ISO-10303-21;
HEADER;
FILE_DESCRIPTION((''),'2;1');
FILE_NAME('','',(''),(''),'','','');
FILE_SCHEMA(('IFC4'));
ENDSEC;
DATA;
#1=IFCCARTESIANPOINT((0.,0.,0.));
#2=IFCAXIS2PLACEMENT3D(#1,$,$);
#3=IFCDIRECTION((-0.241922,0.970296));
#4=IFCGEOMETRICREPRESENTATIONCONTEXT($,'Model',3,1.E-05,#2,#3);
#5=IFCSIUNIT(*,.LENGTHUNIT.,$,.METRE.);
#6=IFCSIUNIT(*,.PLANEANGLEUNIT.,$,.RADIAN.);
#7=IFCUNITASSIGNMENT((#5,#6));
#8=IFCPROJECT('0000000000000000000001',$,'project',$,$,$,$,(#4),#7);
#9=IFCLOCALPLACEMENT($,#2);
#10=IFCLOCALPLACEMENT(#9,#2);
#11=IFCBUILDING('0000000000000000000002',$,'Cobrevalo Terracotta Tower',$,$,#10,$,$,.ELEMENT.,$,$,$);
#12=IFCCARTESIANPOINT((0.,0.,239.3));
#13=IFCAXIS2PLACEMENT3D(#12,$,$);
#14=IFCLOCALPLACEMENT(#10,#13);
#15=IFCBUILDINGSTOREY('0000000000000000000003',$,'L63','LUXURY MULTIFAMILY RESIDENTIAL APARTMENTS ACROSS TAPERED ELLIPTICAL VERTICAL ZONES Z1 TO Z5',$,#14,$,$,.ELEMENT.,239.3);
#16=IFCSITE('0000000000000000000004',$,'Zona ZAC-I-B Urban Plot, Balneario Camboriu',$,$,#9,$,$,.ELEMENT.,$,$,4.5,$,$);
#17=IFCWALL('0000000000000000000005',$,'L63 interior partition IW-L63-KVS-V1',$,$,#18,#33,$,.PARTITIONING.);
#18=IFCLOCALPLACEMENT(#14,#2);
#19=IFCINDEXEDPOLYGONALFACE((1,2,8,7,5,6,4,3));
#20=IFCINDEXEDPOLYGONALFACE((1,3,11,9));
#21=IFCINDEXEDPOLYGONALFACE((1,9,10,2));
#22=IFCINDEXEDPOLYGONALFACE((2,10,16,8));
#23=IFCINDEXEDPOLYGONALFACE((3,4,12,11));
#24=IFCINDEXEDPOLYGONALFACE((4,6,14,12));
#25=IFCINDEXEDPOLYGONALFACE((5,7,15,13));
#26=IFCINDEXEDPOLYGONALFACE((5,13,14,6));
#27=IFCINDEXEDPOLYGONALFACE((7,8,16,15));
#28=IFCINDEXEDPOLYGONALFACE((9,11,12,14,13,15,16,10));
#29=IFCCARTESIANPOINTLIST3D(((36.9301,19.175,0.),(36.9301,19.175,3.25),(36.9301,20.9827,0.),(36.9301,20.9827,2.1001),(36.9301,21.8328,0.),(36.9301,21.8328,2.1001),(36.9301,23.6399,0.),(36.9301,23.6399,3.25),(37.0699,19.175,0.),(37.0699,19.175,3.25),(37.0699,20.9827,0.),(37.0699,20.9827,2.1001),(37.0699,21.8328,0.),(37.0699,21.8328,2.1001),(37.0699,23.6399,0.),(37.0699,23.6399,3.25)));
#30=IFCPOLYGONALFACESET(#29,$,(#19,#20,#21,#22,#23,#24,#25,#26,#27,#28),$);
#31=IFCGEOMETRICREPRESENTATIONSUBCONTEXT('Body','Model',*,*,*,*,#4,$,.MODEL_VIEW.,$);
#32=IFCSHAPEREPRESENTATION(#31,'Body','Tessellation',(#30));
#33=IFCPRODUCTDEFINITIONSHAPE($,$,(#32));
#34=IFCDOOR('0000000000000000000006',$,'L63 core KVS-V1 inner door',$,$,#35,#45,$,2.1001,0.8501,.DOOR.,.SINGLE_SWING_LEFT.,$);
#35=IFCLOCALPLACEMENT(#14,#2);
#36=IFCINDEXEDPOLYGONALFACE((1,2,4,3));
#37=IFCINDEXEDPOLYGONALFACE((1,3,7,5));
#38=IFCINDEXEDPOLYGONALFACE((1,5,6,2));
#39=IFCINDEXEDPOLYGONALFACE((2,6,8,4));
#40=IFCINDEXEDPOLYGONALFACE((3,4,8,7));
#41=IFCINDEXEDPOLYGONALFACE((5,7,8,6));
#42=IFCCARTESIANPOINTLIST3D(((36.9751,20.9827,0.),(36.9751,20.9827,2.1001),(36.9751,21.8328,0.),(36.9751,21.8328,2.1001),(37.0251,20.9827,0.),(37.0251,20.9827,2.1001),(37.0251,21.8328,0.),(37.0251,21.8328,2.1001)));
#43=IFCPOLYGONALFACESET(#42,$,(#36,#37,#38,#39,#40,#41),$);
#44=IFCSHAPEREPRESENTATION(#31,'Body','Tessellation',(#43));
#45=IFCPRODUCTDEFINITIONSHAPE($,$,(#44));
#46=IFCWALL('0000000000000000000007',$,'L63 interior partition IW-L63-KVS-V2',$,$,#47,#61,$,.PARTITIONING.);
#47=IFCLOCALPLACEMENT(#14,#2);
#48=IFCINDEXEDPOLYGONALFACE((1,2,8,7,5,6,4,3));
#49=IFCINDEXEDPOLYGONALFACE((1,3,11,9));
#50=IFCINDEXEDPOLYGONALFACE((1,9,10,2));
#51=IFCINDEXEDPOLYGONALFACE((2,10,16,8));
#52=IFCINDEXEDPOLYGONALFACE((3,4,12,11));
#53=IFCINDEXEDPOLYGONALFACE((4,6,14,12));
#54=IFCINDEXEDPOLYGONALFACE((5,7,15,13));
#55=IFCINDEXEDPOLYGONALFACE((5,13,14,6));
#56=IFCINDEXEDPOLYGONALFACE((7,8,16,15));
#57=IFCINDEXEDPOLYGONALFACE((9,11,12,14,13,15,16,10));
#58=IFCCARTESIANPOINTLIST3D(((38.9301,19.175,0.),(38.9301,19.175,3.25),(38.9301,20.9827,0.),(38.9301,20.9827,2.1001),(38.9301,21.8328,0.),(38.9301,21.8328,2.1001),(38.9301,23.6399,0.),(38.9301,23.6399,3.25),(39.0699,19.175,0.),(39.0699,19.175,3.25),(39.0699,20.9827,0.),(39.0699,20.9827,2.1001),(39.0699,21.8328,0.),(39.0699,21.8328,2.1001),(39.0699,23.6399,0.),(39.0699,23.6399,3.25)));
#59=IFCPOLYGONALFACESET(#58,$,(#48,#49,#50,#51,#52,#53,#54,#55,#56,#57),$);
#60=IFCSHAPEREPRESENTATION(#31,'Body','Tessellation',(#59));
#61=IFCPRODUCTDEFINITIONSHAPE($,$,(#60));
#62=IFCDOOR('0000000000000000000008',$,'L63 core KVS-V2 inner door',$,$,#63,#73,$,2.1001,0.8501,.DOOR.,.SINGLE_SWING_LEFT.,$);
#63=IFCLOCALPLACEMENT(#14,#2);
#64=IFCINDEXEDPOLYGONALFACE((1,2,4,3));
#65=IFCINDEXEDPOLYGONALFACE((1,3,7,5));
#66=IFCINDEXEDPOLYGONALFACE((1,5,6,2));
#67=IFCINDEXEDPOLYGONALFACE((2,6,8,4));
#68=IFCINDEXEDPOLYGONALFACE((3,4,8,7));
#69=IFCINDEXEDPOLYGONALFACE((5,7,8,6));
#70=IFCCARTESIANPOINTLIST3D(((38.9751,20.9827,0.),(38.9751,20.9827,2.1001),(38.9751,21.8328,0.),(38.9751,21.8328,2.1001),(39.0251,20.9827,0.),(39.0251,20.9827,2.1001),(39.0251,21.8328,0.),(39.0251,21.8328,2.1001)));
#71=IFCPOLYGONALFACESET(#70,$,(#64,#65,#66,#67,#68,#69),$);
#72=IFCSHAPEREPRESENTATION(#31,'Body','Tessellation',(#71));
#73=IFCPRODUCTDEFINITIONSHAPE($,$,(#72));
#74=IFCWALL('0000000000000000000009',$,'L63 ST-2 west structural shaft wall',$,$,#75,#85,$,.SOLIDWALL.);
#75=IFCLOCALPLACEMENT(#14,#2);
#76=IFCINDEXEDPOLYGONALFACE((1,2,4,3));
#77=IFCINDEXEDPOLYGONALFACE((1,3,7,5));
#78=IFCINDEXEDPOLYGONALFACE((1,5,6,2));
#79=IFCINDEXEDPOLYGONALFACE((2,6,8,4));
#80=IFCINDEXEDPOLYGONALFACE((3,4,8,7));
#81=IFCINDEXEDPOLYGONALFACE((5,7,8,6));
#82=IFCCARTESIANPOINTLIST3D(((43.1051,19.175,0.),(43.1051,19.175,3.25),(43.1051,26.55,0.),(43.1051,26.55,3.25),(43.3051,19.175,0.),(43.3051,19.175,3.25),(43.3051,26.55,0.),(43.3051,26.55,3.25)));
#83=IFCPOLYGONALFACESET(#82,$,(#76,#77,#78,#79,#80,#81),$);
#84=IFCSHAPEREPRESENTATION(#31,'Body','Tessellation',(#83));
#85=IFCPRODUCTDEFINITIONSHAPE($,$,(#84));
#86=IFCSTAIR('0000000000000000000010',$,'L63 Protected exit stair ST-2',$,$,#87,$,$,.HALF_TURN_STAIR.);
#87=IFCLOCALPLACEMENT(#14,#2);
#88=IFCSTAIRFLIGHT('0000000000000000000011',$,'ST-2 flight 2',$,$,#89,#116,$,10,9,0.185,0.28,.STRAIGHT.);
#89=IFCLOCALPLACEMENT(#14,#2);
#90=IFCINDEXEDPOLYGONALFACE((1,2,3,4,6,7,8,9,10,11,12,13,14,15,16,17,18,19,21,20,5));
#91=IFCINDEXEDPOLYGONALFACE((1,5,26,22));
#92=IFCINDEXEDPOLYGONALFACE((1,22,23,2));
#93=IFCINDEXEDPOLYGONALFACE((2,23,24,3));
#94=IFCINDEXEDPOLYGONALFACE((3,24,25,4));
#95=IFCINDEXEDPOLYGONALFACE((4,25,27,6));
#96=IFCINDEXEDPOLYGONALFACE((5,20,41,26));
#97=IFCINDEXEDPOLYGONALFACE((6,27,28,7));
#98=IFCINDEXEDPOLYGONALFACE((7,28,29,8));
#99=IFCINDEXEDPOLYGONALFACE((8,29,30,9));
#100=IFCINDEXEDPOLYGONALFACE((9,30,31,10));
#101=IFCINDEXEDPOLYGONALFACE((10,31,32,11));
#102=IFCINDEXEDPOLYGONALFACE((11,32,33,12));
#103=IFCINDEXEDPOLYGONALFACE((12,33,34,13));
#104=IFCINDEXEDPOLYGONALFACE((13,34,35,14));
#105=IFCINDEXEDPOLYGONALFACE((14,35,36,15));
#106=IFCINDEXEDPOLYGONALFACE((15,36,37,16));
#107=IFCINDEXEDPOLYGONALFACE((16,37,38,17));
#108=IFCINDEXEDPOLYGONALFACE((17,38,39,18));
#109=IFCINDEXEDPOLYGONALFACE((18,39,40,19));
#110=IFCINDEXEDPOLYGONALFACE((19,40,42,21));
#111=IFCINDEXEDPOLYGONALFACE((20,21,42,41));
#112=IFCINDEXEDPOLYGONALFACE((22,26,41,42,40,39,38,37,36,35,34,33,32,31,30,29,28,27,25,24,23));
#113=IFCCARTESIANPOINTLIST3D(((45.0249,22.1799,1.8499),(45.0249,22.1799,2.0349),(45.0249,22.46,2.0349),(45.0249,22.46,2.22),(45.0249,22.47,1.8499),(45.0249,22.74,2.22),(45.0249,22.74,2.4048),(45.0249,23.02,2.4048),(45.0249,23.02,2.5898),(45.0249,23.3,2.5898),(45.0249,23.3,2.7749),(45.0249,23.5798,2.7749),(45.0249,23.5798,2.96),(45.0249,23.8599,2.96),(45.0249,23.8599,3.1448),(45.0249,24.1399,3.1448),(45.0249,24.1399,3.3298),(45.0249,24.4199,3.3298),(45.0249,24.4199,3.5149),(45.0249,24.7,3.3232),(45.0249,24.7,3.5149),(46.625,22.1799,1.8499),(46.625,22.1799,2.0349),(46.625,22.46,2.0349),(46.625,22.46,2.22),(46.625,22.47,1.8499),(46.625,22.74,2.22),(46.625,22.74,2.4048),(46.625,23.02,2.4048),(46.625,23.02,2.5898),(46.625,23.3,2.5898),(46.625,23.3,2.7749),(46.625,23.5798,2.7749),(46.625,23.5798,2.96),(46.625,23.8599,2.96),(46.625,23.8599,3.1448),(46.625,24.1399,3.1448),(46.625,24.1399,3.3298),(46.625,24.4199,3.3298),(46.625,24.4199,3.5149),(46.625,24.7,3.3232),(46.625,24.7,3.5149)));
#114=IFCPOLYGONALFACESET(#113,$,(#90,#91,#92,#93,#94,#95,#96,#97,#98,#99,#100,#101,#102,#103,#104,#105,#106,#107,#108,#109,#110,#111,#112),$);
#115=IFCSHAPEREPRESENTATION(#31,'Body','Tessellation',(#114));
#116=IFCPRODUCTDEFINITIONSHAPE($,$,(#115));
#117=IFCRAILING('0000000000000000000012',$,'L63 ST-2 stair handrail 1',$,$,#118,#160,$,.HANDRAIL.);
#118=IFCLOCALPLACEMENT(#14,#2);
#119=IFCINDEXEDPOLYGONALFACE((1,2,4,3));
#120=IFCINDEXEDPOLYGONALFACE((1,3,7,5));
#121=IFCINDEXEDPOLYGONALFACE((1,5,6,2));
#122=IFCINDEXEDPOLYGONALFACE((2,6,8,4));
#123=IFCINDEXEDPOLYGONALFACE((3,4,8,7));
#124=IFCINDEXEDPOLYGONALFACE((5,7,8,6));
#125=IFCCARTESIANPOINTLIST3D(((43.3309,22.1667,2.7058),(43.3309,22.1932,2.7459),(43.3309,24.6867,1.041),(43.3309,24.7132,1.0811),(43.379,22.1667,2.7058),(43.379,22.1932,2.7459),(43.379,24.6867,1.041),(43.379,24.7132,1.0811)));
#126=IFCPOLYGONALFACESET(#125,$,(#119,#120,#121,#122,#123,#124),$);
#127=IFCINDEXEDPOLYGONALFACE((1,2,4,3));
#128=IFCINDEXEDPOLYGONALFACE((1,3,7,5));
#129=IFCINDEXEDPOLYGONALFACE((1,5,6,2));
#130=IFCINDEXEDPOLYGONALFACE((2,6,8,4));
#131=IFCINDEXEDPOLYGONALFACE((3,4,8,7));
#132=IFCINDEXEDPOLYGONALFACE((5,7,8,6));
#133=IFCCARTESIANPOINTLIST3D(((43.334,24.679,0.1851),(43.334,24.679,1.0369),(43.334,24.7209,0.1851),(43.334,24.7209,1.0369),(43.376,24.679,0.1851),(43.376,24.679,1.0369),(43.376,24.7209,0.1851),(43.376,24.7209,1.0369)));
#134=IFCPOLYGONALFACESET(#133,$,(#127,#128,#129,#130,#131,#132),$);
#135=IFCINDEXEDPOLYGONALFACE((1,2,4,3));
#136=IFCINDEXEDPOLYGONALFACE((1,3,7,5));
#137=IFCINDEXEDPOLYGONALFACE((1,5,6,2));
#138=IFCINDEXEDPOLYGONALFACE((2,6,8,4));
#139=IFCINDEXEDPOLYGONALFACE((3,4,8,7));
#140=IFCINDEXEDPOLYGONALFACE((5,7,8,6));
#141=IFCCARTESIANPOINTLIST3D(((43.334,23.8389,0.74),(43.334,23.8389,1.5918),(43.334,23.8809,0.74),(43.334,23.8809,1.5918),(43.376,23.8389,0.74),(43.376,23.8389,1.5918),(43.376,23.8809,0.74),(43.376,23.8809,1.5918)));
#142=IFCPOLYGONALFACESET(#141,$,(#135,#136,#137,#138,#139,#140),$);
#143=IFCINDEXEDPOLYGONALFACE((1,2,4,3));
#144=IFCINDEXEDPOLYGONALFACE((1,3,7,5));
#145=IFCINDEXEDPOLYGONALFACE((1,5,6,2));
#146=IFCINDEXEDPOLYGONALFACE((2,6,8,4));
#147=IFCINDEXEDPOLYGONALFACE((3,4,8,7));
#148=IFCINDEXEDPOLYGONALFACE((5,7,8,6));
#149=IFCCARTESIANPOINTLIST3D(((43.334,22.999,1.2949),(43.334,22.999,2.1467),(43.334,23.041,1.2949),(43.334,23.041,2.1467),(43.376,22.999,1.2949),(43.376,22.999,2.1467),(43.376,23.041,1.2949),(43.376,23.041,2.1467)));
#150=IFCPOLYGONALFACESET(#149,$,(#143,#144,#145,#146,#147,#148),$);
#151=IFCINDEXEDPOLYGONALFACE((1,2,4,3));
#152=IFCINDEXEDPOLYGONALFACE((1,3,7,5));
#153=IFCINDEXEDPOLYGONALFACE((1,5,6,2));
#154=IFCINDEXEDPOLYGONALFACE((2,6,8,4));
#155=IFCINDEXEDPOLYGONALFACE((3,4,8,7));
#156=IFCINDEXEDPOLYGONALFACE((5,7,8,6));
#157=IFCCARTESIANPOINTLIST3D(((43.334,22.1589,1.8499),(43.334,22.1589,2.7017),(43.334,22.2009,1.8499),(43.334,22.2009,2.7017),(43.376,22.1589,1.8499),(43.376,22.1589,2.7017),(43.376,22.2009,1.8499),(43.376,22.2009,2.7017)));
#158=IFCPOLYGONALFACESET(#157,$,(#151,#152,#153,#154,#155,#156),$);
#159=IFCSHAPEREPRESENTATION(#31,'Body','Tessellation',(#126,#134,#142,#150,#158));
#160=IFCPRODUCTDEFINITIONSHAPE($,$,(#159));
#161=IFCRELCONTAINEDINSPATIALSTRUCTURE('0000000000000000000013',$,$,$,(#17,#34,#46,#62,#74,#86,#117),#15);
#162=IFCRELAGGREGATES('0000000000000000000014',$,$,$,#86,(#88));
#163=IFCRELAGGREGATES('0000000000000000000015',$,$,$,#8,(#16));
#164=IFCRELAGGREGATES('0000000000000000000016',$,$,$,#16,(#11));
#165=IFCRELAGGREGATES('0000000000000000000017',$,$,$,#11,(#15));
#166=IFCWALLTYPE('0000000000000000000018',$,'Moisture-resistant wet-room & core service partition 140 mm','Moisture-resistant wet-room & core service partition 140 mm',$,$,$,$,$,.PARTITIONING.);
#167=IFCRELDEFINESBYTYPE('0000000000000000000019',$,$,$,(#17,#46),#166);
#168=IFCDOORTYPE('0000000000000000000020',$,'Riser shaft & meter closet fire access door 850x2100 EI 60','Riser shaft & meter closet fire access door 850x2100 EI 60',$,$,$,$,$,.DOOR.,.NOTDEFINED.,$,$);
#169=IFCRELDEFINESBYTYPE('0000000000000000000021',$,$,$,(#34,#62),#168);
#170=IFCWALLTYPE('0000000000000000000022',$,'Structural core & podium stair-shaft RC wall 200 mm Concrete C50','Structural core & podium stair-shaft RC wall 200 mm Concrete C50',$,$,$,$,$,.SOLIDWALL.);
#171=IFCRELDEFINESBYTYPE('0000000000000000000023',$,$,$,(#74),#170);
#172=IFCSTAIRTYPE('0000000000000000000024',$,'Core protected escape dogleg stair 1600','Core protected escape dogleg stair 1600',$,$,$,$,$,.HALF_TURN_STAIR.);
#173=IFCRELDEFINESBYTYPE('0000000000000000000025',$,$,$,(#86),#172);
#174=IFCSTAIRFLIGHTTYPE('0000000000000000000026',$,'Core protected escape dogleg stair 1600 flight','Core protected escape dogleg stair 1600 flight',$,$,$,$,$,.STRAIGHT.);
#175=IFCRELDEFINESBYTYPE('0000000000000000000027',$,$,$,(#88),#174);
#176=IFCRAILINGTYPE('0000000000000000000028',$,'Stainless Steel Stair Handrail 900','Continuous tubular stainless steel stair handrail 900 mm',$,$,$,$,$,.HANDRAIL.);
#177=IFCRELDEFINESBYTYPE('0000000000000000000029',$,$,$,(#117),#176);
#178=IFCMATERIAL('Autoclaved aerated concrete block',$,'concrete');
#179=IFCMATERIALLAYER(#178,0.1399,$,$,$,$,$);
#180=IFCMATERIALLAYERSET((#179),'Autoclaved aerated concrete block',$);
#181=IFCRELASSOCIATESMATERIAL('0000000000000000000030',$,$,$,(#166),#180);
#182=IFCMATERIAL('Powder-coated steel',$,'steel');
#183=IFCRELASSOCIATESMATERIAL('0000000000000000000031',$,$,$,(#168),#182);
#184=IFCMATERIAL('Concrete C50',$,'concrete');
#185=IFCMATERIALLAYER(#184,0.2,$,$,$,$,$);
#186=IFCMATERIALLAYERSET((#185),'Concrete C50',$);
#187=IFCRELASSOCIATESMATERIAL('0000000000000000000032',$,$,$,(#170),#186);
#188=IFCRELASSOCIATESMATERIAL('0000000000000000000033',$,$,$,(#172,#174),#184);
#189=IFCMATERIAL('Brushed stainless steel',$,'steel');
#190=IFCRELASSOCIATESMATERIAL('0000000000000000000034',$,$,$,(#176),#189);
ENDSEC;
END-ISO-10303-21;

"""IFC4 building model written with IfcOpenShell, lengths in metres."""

from ifc_helpers import new_model, si_unit, direction, frame, frame_2d, origin, origin_2d, place, context, subcontext, project, spatial, polyline, rectangle, outline, extrude, source, transform, mapped, material, layer, layer_set, type_object, element, fill, aggregate, save


model = new_model("IFC4")

# Units and contexts
model_context = context("Model", 3, precision=1e-05, world=origin(), true_north=direction((-0.241922, 0.970296)))
body_context = subcontext(model_context, "Body", "Model", "MODEL_VIEW")
ifc_project = project(units=[si_unit("LENGTHUNIT", "METRE"), si_unit("PLANEANGLEUNIT", "RADIAN")], contexts=[model_context])

# Site, building, storey
site_placement = place(None, origin())
site = spatial("IfcSite", under=ifc_project, at=site_placement, Name="Zona ZAC-I-B Urban Plot, Balneario Camboriu", CompositionType="ELEMENT", RefElevation=4.5)
building_placement = place(site_placement, origin())
building = spatial("IfcBuilding", under=site, at=building_placement, Name="Cobrevalo Terracotta Tower", CompositionType="ELEMENT")
storey_placement = place(building_placement, frame((0.0, 0.0, 239.3)))
storey = spatial("IfcBuildingStorey", under=building, at=storey_placement, Name="L63", Description="LUXURY MULTIFAMILY RESIDENTIAL APARTMENTS ACROSS TAPERED ELLIPTICAL VERTICAL ZONES Z1 TO Z5", CompositionType="ELEMENT", Elevation=239.3)

# Shared definitions
ifc_material_1 = material(Name="Autoclaved aerated concrete block", Category="concrete")

# Shared definitions
ifc_material_2 = material(Name="Concrete C50", Category="concrete")

# Shared definitions
ifc_layer_1 = layer(ifc_material_1, 0.1399)
ifc_layer_set_1 = layer_set([ifc_layer_1], Name="Autoclaved aerated concrete block")
wall_type_1 = type_object("IfcWallType", Name="Moisture-resistant wet-room & core service partition 140 mm", Description="Moisture-resistant wet-room & core service partition 140 mm", PredefinedType="PARTITIONING", material=ifc_layer_set_1)

# Walls, openings, doors
wall_1_placement = place(storey_placement, frame((37.0, 19.175, 0.0), z_axis=(0.0, 0.0, 1.0), x_axis=(0.0, 1.0, 0.0)))
wall_1 = element("IfcWall", 1, at=wall_1_placement, inside=storey, type_object=wall_type_1, Name="L63 interior partition IW-L63-KVS-V1", PredefinedType="PARTITIONING", context=body_context, shape_type="SweptSolid", body=[
    extrude(rectangle(XDim=4.4648, YDim=0.1399, at=frame_2d((2.2324, 0.0))), origin(), (0.0, 0.0, 1.0), 3.25),
])
opening_1_placement = place(wall_1_placement, frame((1.8076, 0.0, 0.0)))
opening_1 = element("IfcOpeningElement", 2, at=opening_1_placement, cuts=wall_1, PredefinedType="OPENING", context=body_context, shape_type="SweptSolid", body=[
    extrude(rectangle(XDim=0.8501, YDim=2.1001, at=frame_2d((0.425, 1.05))), frame((0.0, 0.0801, 0.0), z_axis=(0.0, -1.0, 0.0), x_axis=(1.0, 0.0, 0.0)), (0.0, 0.0, 1.0), 0.1599),
])
ifc_material_3 = material(Name="Powder-coated steel", Category="steel")
door_type_1 = type_object("IfcDoorType", Name="Riser shaft & meter closet fire access door 850x2100 EI 60", Description="Riser shaft & meter closet fire access door 850x2100 EI 60", OperationType="NOTDEFINED", PredefinedType="DOOR", material=ifc_material_3)
shared_shape_1 = source(origin(), body_context, "Body", "SweptSolid", [
    extrude(rectangle(XDim=0.8501, YDim=2.1001, at=frame_2d((0.425, 1.05))), frame((0.0, 0.0249, 0.0), z_axis=(0.0, -1.0, 0.0), x_axis=(1.0, 0.0, 0.0)), (0.0, 0.0, 1.0), 0.05),
])
door_1_placement = place(opening_1_placement, origin())
door_1 = element("IfcDoor", 3, at=door_1_placement, inside=storey, type_object=door_type_1, Name="L63 core KVS-V1 inner door", OperationType="SINGLE_SWING_LEFT", OverallHeight=2.1001, OverallWidth=0.8501, PredefinedType="DOOR", context=body_context, shape_type="MappedRepresentation", body=[
    mapped(shared_shape_1, transform((0.0, 0.0, 0.0), scale=1.0)),
])
fill(opening_1, door_1)
wall_2_placement = place(storey_placement, frame((39.0, 19.175, 0.0), z_axis=(0.0, 0.0, 1.0), x_axis=(0.0, 1.0, 0.0)))
wall_2 = element("IfcWall", 4, at=wall_2_placement, inside=storey, type_object=wall_type_1, Name="L63 interior partition IW-L63-KVS-V2", PredefinedType="PARTITIONING", context=body_context, shape_type="SweptSolid", body=[
    extrude(rectangle(XDim=4.4648, YDim=0.1399, at=frame_2d((2.2324, 0.0))), origin(), (0.0, 0.0, 1.0), 3.25),
])
opening_2_placement = place(wall_2_placement, frame((1.8076, 0.0, 0.0)))
opening_2 = element("IfcOpeningElement", 5, at=opening_2_placement, cuts=wall_2, PredefinedType="OPENING", context=body_context, shape_type="SweptSolid", body=[
    extrude(rectangle(XDim=0.8501, YDim=2.1001, at=frame_2d((0.425, 1.05))), frame((0.0, 0.0801, 0.0), z_axis=(0.0, -1.0, 0.0), x_axis=(1.0, 0.0, 0.0)), (0.0, 0.0, 1.0), 0.1599),
])
door_2_placement = place(opening_2_placement, origin())
door_2 = element("IfcDoor", 6, at=door_2_placement, inside=storey, type_object=door_type_1, Name="L63 core KVS-V2 inner door", OperationType="SINGLE_SWING_LEFT", OverallHeight=2.1001, OverallWidth=0.8501, PredefinedType="DOOR", context=body_context, shape_type="MappedRepresentation", body=[
    mapped(shared_shape_1, transform((0.0, 0.0, 0.0), scale=1.0)),
])
fill(opening_2, door_2)

# Wall
ifc_layer_2 = layer(ifc_material_2, 0.2)
ifc_layer_set_2 = layer_set([ifc_layer_2], Name="Concrete C50")
wall_type_2 = type_object("IfcWallType", Name="Structural core & podium stair-shaft RC wall 200 mm Concrete C50", Description="Structural core & podium stair-shaft RC wall 200 mm Concrete C50", PredefinedType="SOLIDWALL", material=ifc_layer_set_2)
wall_3_placement = place(storey_placement, frame((43.2051, 19.175, 0.0), z_axis=(0.0, 0.0, 1.0), x_axis=(0.0, 1.0, 0.0)))
element("IfcWall", 7, at=wall_3_placement, inside=storey, type_object=wall_type_2, Name="L63 ST-2 west structural shaft wall", PredefinedType="SOLIDWALL", context=body_context, shape_type="SweptSolid", body=[
    extrude(rectangle(XDim=7.375, YDim=0.2, at=frame_2d((3.6875, 0.0))), origin(), (0.0, 0.0, 1.0), 3.25),
])

# Stair, stair flight
stair_type = type_object("IfcStairType", Name="Core protected escape dogleg stair 1600", Description="Core protected escape dogleg stair 1600", PredefinedType="HALF_TURN_STAIR", material=ifc_material_2)
stair_placement = place(storey_placement, origin())
stair = element("IfcStair", 8, at=stair_placement, inside=storey, type_object=stair_type, Name="L63 Protected exit stair ST-2", PredefinedType="HALF_TURN_STAIR")
stair_flight_type = type_object("IfcStairFlightType", Name="Core protected escape dogleg stair 1600 flight", Description="Core protected escape dogleg stair 1600 flight", PredefinedType="STRAIGHT", material=ifc_material_2)
stair_flight_placement = place(storey_placement, frame((45.825, 22.1799, 1.8499), z_axis=(0.0, 0.0, 1.0), x_axis=(0.0, 1.0, 0.0)))
stair_flight = element("IfcStairFlight", 9, at=stair_flight_placement, type_object=stair_flight_type, Name="ST-2 flight 2", NumberOfRisers=10, NumberOfTreads=9, PredefinedType="STRAIGHT", RiserHeight=0.185, TreadLength=0.28, context=body_context, shape_type="SweptSolid", body=[
    extrude(outline(polyline([(0.0, 0.0), (0.0, 0.1851), (0.28, 0.1851), (0.28, 0.3701), (0.5601, 0.3701), (0.5601, 0.5549), (0.8401, 0.5549), (0.8401, 0.74), (1.1201, 0.74), (1.1201, 0.925), (1.3999, 0.925), (1.3999, 1.1101), (1.6799, 1.1101), (1.6799, 1.2949), (1.96, 1.2949), (1.96, 1.48), (2.24, 1.48), (2.24, 1.665), (2.52, 1.665), (2.52, 1.8501), (2.52, 1.4734), (0.29, 0.0), (0.0, 0.0)])), frame((0.0, 0.8, 0.0), z_axis=(0.0, -1.0, 0.0), x_axis=(1.0, 0.0, 0.0)), (0.0, 0.0, 1.0), 1.6001),
])
aggregate(stair, [stair_flight])

# Railing
ifc_material_4 = material(Name="Brushed stainless steel", Category="steel")
railing_type_1 = type_object("IfcRailingType", Name="Stainless Steel Stair Handrail 900", Description="Continuous tubular stainless steel stair handrail 900 mm", PredefinedType="HANDRAIL", material=ifc_material_4)
railing_1_placement = place(storey_placement, frame((43.355, 24.7, 0.1851)))
element("IfcRailing", 10, at=railing_1_placement, inside=storey, type_object=railing_type_1, Name="L63 ST-2 stair handrail 1", PredefinedType="HANDRAIL", context=body_context, shape_type="SweptSolid", body=[
    extrude(rectangle(XDim=0.0481, YDim=0.0481, at=origin_2d()), frame((0.0, 0.0, 0.876), z_axis=(0.0, -0.834369, 0.551207), x_axis=(1.0, 0.0, 0.0)), (0.0, 0.0, 1.0), 3.0203),
    extrude(rectangle(XDim=0.042, YDim=0.042, at=origin_2d()), origin(), (0.0, 0.0, 1.0), 0.8518),
    extrude(rectangle(XDim=0.042, YDim=0.042, at=origin_2d()), frame((0.0, -0.8401, 0.5549)), (0.0, 0.0, 1.0), 0.8518),
    extrude(rectangle(XDim=0.042, YDim=0.042, at=origin_2d()), frame((0.0, -1.6799, 1.1099)), (0.0, 0.0, 1.0), 0.8518),
    extrude(rectangle(XDim=0.042, YDim=0.042, at=origin_2d()), frame((0.0, -2.52, 1.6648)), (0.0, 0.0, 1.0), 0.8518),
])

save(model, "model.ifc")
